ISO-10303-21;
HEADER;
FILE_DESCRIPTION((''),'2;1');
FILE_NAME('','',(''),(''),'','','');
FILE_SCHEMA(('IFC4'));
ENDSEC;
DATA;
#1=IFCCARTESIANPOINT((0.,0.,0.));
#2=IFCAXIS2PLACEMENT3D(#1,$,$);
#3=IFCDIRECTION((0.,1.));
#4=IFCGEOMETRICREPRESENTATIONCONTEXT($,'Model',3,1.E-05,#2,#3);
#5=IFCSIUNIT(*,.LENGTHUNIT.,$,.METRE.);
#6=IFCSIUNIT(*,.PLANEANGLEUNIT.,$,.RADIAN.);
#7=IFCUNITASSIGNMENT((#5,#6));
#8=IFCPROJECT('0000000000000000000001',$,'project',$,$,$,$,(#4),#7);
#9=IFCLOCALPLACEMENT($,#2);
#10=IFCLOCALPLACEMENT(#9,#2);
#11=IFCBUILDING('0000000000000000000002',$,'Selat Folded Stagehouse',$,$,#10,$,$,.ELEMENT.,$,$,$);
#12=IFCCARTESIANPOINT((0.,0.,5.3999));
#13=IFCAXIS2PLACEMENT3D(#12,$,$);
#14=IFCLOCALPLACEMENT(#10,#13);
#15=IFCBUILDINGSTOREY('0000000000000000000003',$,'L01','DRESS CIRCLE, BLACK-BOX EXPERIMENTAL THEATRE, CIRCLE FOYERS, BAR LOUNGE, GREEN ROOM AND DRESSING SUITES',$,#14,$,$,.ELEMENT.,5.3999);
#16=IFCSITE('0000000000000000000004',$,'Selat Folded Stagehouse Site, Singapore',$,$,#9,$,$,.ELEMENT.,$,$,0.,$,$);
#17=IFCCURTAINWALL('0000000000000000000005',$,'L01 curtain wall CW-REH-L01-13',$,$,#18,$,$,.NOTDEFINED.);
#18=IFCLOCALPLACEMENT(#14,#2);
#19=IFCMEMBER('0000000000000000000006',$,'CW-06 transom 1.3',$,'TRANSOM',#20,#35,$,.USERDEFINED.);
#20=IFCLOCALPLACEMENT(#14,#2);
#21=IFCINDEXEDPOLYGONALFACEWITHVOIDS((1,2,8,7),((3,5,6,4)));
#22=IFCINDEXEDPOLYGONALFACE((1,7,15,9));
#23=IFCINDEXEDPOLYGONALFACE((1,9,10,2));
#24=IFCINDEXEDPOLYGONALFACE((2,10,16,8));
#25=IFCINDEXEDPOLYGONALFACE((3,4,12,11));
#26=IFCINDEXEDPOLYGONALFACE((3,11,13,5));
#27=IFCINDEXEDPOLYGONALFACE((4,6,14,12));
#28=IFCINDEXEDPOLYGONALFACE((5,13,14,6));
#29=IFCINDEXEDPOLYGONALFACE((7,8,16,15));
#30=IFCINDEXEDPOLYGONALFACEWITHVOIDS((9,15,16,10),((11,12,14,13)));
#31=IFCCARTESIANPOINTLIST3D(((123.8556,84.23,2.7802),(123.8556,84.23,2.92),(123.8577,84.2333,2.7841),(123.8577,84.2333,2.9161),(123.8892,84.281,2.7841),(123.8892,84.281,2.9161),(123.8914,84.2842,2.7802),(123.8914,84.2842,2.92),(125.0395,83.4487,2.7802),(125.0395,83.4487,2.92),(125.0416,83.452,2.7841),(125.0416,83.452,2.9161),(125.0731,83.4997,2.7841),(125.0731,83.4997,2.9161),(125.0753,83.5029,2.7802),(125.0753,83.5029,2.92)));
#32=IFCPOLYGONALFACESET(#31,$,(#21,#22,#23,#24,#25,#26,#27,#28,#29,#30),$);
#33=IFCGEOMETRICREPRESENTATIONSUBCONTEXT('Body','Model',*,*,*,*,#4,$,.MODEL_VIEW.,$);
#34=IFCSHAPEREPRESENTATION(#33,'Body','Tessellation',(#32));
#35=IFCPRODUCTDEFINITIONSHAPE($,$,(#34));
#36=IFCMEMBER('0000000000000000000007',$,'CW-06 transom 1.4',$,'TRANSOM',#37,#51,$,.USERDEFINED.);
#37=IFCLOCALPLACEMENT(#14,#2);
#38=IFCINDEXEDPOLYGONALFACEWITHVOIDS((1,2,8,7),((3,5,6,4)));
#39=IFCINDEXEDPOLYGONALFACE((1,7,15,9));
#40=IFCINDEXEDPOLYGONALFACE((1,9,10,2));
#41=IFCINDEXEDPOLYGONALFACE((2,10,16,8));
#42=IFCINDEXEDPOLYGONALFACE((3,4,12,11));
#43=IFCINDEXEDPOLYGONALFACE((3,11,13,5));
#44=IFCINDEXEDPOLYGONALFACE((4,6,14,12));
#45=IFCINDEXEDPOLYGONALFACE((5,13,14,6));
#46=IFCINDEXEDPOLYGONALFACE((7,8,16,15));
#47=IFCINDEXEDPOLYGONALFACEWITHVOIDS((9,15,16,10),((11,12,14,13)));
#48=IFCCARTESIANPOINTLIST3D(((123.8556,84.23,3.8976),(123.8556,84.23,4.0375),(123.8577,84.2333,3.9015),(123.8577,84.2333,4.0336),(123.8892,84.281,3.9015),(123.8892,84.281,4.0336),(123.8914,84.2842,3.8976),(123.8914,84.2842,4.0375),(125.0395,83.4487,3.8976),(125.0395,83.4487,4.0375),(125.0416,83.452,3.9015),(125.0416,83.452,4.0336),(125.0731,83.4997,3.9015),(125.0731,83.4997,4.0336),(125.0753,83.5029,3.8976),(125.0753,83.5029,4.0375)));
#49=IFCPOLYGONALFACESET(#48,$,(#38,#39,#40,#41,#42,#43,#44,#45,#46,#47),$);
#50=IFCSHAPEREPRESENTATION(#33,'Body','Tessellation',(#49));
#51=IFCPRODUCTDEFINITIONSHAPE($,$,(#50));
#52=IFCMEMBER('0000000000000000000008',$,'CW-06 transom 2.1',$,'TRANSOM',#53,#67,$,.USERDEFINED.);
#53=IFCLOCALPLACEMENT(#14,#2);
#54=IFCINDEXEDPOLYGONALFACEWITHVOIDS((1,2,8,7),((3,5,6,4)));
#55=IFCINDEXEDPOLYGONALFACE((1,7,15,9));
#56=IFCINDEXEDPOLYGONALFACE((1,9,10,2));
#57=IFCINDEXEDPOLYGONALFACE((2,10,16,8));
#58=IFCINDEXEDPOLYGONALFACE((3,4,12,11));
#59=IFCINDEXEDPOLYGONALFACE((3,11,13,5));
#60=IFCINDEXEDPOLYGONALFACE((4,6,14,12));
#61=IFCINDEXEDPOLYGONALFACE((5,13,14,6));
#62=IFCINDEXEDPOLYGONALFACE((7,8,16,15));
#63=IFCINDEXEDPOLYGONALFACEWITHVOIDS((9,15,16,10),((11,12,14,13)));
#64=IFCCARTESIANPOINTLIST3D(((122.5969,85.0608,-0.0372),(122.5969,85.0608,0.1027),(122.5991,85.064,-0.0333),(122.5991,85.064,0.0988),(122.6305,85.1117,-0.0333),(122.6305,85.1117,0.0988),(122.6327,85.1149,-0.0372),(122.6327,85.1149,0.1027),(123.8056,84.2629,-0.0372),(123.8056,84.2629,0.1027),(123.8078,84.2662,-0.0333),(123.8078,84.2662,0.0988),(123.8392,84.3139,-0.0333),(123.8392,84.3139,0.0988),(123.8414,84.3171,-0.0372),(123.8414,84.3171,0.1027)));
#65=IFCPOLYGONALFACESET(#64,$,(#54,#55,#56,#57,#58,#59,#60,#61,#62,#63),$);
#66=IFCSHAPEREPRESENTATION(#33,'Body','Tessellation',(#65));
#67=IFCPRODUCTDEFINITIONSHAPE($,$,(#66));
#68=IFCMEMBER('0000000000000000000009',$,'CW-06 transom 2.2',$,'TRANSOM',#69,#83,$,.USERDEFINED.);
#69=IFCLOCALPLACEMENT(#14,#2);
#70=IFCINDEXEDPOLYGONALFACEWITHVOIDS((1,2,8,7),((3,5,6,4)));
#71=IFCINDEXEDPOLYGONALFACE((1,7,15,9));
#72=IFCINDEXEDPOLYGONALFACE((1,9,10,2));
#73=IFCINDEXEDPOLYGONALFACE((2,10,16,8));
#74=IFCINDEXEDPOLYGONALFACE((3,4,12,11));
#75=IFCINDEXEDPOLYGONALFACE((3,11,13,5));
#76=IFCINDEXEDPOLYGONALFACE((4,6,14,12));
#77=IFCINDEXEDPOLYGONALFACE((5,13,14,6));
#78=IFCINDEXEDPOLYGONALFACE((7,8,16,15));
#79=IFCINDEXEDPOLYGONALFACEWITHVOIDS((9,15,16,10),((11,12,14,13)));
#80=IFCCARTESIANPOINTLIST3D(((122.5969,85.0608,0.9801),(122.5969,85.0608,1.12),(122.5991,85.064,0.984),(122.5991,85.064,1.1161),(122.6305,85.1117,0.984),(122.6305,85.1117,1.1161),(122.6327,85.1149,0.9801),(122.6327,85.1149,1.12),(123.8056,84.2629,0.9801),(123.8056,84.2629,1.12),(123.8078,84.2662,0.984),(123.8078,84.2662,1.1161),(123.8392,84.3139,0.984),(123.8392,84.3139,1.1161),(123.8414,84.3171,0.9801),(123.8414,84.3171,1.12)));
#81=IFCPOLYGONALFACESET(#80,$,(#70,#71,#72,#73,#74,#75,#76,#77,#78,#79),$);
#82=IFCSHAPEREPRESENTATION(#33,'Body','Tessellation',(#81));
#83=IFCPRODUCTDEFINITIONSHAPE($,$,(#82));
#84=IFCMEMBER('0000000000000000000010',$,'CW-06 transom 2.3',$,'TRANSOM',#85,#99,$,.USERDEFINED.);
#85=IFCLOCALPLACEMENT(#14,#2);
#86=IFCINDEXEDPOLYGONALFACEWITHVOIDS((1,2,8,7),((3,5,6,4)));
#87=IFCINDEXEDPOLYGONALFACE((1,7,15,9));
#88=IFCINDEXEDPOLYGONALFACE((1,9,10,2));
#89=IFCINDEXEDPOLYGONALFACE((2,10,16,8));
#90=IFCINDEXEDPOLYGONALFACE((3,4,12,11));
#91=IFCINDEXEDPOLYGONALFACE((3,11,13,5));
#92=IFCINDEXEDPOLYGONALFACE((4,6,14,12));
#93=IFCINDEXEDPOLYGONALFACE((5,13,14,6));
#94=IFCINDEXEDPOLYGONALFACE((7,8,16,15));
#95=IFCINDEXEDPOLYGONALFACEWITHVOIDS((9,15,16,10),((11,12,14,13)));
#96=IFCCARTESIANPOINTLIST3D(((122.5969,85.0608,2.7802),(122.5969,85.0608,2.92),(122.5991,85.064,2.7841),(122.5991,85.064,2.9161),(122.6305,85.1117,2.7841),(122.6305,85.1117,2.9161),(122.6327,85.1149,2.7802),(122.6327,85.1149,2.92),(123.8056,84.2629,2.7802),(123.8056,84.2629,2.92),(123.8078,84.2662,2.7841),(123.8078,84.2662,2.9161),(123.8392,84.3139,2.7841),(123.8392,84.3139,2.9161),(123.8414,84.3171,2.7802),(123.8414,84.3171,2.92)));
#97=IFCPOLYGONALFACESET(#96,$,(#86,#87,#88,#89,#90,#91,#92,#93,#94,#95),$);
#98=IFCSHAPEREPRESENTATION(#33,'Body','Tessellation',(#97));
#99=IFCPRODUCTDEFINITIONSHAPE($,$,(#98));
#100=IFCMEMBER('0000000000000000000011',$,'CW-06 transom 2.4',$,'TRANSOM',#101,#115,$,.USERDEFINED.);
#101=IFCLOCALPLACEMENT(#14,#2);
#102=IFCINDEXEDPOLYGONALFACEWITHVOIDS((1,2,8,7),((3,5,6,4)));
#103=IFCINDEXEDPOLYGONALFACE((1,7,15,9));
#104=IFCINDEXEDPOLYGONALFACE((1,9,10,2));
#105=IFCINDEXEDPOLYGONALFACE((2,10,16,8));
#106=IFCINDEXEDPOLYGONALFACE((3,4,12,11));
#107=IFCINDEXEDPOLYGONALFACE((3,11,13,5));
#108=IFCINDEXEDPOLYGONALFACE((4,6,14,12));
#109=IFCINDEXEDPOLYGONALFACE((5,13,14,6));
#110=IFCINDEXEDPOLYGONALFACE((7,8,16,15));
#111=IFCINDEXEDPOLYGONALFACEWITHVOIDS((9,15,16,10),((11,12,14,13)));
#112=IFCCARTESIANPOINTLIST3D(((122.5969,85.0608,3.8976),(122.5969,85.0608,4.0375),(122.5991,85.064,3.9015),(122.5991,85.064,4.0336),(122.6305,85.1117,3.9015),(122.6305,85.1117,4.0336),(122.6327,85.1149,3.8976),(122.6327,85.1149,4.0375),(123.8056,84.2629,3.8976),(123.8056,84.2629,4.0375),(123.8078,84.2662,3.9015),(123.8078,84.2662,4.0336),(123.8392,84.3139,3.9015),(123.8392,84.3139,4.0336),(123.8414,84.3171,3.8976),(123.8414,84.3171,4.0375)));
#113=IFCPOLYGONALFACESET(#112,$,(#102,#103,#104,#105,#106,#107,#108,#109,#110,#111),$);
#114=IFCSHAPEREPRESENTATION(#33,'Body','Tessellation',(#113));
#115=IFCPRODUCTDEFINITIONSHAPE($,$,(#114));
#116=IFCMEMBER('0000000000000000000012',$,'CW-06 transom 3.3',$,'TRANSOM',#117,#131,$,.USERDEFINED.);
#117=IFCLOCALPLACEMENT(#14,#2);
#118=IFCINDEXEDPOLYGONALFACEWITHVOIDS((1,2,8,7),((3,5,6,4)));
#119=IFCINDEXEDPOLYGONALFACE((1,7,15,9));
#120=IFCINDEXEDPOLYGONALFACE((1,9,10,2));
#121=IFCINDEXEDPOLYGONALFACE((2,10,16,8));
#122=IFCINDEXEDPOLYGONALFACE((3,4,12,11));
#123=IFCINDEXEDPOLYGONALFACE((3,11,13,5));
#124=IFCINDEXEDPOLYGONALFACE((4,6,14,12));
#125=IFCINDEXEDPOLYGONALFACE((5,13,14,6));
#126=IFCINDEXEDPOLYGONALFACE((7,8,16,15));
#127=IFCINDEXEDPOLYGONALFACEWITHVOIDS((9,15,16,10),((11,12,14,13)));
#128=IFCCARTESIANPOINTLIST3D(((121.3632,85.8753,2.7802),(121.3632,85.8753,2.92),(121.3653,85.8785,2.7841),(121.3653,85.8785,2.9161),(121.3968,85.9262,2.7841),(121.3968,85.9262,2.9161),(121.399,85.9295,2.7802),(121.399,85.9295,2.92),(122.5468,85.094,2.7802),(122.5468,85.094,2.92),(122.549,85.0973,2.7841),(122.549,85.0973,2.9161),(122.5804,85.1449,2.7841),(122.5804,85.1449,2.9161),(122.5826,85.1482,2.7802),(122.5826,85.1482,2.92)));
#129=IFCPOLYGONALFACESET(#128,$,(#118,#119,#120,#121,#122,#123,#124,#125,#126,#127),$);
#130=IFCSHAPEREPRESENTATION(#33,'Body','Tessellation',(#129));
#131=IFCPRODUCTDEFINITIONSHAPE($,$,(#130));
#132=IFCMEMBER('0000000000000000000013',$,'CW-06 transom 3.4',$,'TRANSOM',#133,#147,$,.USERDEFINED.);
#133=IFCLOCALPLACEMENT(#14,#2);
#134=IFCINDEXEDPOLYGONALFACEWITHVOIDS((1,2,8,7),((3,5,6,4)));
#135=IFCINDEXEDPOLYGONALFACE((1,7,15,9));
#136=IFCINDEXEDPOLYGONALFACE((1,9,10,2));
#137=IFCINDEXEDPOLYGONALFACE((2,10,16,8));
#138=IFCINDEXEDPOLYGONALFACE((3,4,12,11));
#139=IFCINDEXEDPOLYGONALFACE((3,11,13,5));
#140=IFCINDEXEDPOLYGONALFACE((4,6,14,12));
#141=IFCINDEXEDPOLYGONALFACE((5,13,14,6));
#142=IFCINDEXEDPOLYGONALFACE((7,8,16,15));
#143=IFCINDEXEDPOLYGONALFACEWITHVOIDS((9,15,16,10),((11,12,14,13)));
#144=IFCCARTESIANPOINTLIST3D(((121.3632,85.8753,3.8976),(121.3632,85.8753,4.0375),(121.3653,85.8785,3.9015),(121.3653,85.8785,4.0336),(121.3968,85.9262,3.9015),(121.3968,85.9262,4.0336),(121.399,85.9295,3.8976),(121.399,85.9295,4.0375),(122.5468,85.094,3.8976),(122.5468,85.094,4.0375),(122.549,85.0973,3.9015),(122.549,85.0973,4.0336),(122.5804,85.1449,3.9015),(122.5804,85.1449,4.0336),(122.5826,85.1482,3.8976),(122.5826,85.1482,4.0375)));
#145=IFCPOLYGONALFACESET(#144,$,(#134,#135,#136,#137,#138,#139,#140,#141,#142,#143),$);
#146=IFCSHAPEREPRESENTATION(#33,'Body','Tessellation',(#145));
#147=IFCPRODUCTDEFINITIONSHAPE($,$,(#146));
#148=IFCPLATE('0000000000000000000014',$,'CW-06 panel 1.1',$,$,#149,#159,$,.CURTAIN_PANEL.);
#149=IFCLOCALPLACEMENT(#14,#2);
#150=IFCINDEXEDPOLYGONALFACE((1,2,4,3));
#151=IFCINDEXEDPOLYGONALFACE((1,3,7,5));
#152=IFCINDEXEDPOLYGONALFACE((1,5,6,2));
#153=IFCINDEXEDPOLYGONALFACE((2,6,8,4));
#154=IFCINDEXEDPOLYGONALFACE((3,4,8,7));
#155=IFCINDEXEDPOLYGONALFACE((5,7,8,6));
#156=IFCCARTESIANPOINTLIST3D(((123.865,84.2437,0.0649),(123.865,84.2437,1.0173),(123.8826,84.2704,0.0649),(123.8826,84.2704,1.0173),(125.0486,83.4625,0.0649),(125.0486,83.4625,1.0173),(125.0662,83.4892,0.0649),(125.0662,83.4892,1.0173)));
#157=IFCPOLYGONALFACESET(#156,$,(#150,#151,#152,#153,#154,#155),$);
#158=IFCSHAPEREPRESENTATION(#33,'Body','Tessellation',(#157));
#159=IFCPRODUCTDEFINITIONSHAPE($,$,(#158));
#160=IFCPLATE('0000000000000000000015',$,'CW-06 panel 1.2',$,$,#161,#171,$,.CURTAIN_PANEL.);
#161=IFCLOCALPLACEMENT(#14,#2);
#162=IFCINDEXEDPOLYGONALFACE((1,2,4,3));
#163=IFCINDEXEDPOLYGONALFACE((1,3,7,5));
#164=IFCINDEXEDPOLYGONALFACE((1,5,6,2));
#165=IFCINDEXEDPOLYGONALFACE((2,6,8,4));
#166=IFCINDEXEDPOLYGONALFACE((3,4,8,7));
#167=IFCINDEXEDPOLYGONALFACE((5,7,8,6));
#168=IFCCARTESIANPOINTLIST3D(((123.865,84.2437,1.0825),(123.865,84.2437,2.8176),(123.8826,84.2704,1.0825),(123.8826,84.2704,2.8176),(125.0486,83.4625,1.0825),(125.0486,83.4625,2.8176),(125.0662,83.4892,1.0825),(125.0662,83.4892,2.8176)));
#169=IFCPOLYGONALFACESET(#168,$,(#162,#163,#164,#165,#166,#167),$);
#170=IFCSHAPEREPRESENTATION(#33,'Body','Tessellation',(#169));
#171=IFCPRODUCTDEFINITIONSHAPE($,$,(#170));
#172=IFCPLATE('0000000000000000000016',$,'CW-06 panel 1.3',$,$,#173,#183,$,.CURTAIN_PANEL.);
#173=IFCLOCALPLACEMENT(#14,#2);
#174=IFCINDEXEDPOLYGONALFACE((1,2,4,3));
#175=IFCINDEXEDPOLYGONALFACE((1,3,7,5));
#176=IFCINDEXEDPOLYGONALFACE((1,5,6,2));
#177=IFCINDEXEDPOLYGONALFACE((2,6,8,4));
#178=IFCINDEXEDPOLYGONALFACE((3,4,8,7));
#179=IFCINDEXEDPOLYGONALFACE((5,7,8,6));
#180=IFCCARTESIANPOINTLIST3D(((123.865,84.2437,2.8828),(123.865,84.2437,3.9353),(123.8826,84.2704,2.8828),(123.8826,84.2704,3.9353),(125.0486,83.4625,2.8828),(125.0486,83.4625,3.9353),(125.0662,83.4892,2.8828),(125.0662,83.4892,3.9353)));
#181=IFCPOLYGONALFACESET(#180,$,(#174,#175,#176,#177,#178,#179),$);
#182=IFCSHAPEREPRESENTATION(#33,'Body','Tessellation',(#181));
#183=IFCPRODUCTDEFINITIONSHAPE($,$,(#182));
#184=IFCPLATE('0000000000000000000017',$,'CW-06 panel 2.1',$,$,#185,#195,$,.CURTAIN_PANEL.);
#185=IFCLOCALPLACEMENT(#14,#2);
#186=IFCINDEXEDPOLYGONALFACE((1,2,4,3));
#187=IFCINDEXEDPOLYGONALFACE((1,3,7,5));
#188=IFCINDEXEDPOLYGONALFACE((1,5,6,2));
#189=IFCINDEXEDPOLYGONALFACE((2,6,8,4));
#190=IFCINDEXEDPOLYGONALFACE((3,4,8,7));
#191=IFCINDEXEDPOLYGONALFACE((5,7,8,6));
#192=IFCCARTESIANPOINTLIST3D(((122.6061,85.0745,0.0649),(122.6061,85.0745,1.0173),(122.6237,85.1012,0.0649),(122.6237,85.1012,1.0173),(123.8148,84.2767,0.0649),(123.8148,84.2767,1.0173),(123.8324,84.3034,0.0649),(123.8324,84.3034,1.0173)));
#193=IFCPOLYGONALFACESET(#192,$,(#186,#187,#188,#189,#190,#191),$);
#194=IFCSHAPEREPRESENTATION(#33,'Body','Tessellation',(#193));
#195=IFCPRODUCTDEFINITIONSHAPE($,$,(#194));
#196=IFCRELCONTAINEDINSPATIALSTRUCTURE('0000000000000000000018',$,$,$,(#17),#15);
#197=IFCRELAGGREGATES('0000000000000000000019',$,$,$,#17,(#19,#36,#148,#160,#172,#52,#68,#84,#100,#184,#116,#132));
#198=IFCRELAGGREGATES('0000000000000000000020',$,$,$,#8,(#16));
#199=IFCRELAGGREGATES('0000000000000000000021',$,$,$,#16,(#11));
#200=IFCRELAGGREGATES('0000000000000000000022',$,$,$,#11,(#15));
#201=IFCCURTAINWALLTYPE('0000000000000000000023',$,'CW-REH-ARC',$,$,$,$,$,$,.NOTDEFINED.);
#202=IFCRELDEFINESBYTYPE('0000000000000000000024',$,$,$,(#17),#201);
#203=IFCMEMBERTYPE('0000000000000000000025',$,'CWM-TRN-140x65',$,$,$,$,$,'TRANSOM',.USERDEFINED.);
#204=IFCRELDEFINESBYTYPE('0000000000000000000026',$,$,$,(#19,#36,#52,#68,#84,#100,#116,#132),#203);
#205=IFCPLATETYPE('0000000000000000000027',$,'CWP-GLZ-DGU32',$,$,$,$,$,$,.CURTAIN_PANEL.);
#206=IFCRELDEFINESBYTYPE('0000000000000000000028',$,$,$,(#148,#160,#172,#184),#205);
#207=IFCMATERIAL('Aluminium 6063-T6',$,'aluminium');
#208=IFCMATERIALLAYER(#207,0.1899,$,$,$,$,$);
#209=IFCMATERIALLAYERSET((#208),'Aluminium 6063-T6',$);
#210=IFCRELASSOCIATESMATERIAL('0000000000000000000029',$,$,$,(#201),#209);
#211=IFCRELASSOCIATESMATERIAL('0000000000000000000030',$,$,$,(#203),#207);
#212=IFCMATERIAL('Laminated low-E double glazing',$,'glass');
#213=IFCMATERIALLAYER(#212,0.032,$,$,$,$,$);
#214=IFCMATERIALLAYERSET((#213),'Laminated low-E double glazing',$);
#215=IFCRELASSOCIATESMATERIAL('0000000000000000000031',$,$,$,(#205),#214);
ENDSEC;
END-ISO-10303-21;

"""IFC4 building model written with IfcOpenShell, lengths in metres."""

from ifc_helpers import new_model, si_unit, direction, frame, origin, origin_2d, place, context, subcontext, project, spatial, rectangle, hollow_rectangle, extrude, material, layer, layer_set, material_profile, profile_set, type_object, element, aggregate, save


model = new_model("IFC4")

# Units and contexts
model_context = context("Model", 3, precision=1e-05, world=origin(), true_north=direction((0.0, 1.0)))
body_context = subcontext(model_context, "Body", "Model", "MODEL_VIEW")
ifc_project = project(units=[si_unit("LENGTHUNIT", "METRE"), si_unit("PLANEANGLEUNIT", "RADIAN")], contexts=[model_context])

# Site, building, storey
site_placement = place(None, origin())
site = spatial("IfcSite", under=ifc_project, at=site_placement, Name="Selat Folded Stagehouse Site, Singapore", CompositionType="ELEMENT", RefElevation=0.0)
building_placement = place(site_placement, origin())
building = spatial("IfcBuilding", under=site, at=building_placement, Name="Selat Folded Stagehouse", CompositionType="ELEMENT")
storey_placement = place(building_placement, frame((0.0, 0.0, 5.3999)))
storey = spatial("IfcBuildingStorey", under=building, at=storey_placement, Name="L01", Description="DRESS CIRCLE, BLACK-BOX EXPERIMENTAL THEATRE, CIRCLE FOYERS, BAR LOUNGE, GREEN ROOM AND DRESSING SUITES", CompositionType="ELEMENT", Elevation=5.3999)

# Curtain wall, members, plates
ifc_material_1 = material(Name="Aluminium 6063-T6", Category="aluminium")
ifc_layer_1 = layer(ifc_material_1, 0.1899)
ifc_layer_set_1 = layer_set([ifc_layer_1], Name="Aluminium 6063-T6")
curtain_wall_type = type_object("IfcCurtainWallType", Name="CW-REH-ARC", PredefinedType="NOTDEFINED", material=ifc_layer_set_1)
curtain_wall_placement = place(storey_placement, origin())
curtain_wall = element("IfcCurtainWall", 1, at=curtain_wall_placement, inside=storey, type_object=curtain_wall_type, Name="L01 curtain wall CW-REH-L01-13", PredefinedType="NOTDEFINED")
ifc_material_profile_1 = material_profile(ifc_material_1, hollow_rectangle(XDim=0.0649, YDim=0.1399, WallThickness=0.0039, at=origin_2d()), Name="ALU 140x65x4.0")
ifc_profile_set_1 = profile_set([ifc_material_profile_1], Name="Aluminium 6063-T6")
member_type_1 = type_object("IfcMemberType", Name="CWM-TRN-140x65", ElementType="TRANSOM", PredefinedType="USERDEFINED", material=ifc_profile_set_1)
member_1_placement = place(storey_placement, frame((125.0574, 83.4758, 2.8501), z_axis=(-0.834636, 0.550801, 0.0), x_axis=(-0.550801, -0.834636, 0.0)))
member_1 = element("IfcMember", 2, at=member_1_placement, type_object=member_type_1, Name="CW-06 transom 1.3", ObjectType="TRANSOM", PredefinedType="USERDEFINED", context=body_context, shape_type="SweptSolid", body=[
    extrude(hollow_rectangle(XDim=0.0649, YDim=0.1399, WallThickness=0.0039, at=origin_2d()), origin(), (0.0, 0.0, 1.0), 1.4185),
])
member_2_placement = place(storey_placement, frame((125.0574, 83.4758, 3.9675), z_axis=(-0.834636, 0.550801, 0.0), x_axis=(-0.550801, -0.834636, 0.0)))
member_2 = element("IfcMember", 3, at=member_2_placement, type_object=member_type_1, Name="CW-06 transom 1.4", ObjectType="TRANSOM", PredefinedType="USERDEFINED", context=body_context, shape_type="SweptSolid", body=[
    extrude(hollow_rectangle(XDim=0.0649, YDim=0.1399, WallThickness=0.0039, at=origin_2d()), origin(), (0.0, 0.0, 1.0), 1.4185),
])
member_3_placement = place(storey_placement, frame((123.8235, 84.29, 0.0327), z_axis=(-0.834583, 0.550882, 0.0), x_axis=(-0.550882, -0.834583, 0.0)))
member_3 = element("IfcMember", 4, at=member_3_placement, type_object=member_type_1, Name="CW-06 transom 2.1", ObjectType="TRANSOM", PredefinedType="USERDEFINED", context=body_context, shape_type="SweptSolid", body=[
    extrude(hollow_rectangle(XDim=0.0649, YDim=0.1399, WallThickness=0.0039, at=origin_2d()), origin(), (0.0, 0.0, 1.0), 1.4482),
])
member_4_placement = place(storey_placement, frame((123.8235, 84.29, 1.05), z_axis=(-0.834583, 0.550882, 0.0), x_axis=(-0.550882, -0.834583, 0.0)))
member_4 = element("IfcMember", 5, at=member_4_placement, type_object=member_type_1, Name="CW-06 transom 2.2", ObjectType="TRANSOM", PredefinedType="USERDEFINED", context=body_context, shape_type="SweptSolid", body=[
    extrude(hollow_rectangle(XDim=0.0649, YDim=0.1399, WallThickness=0.0039, at=origin_2d()), origin(), (0.0, 0.0, 1.0), 1.4482),
])
member_5_placement = place(storey_placement, frame((123.8235, 84.29, 2.8501), z_axis=(-0.834583, 0.550882, 0.0), x_axis=(-0.550882, -0.834583, 0.0)))
member_5 = element("IfcMember", 6, at=member_5_placement, type_object=member_type_1, Name="CW-06 transom 2.3", ObjectType="TRANSOM", PredefinedType="USERDEFINED", context=body_context, shape_type="SweptSolid", body=[
    extrude(hollow_rectangle(XDim=0.0649, YDim=0.1399, WallThickness=0.0039, at=origin_2d()), origin(), (0.0, 0.0, 1.0), 1.4482),
])
member_6_placement = place(storey_placement, frame((123.8235, 84.29, 3.9675), z_axis=(-0.834583, 0.550882, 0.0), x_axis=(-0.550882, -0.834583, 0.0)))
member_6 = element("IfcMember", 7, at=member_6_placement, type_object=member_type_1, Name="CW-06 transom 2.4", ObjectType="TRANSOM", PredefinedType="USERDEFINED", context=body_context, shape_type="SweptSolid", body=[
    extrude(hollow_rectangle(XDim=0.0649, YDim=0.1399, WallThickness=0.0039, at=origin_2d()), origin(), (0.0, 0.0, 1.0), 1.4482),
])
member_7_placement = place(storey_placement, frame((122.5647, 85.1211, 2.8501), z_axis=(-0.834584, 0.550881, 0.0), x_axis=(-0.550881, -0.834584, 0.0)))
member_7 = element("IfcMember", 8, at=member_7_placement, type_object=member_type_1, Name="CW-06 transom 3.3", ObjectType="TRANSOM", PredefinedType="USERDEFINED", context=body_context, shape_type="SweptSolid", body=[
    extrude(hollow_rectangle(XDim=0.0649, YDim=0.1399, WallThickness=0.0039, at=origin_2d()), origin(), (0.0, 0.0, 1.0), 1.4182),
])
member_8_placement = place(storey_placement, frame((122.5647, 85.1211, 3.9675), z_axis=(-0.834584, 0.550881, 0.0), x_axis=(-0.550881, -0.834584, 0.0)))
member_8 = element("IfcMember", 9, at=member_8_placement, type_object=member_type_1, Name="CW-06 transom 3.4", ObjectType="TRANSOM", PredefinedType="USERDEFINED", context=body_context, shape_type="SweptSolid", body=[
    extrude(hollow_rectangle(XDim=0.0649, YDim=0.1399, WallThickness=0.0039, at=origin_2d()), origin(), (0.0, 0.0, 1.0), 1.4182),
])
ifc_material_2 = material(Name="Laminated low-E double glazing", Category="glass")
ifc_layer_2 = layer(ifc_material_2, 0.032)
ifc_layer_set_2 = layer_set([ifc_layer_2], Name="Laminated low-E double glazing")
plate_type = type_object("IfcPlateType", Name="CWP-GLZ-DGU32", PredefinedType="CURTAIN_PANEL", material=ifc_layer_set_2)
plate_1_placement = place(storey_placement, frame((124.4656, 83.8665, 0.0649), z_axis=(0.0, 0.0, 1.0), x_axis=(-0.834581, 0.550885, 0.0)))
plate_1 = element("IfcPlate", 10, at=plate_1_placement, type_object=plate_type, Name="CW-06 panel 1.1", PredefinedType="CURTAIN_PANEL", context=body_context, shape_type="SweptSolid", body=[
    extrude(rectangle(XDim=1.4182, YDim=0.032, at=origin_2d()), origin(), (0.0, 0.0, 1.0), 0.9524),
])
plate_2_placement = place(storey_placement, frame((124.4656, 83.8665, 1.0825), z_axis=(0.0, 0.0, 1.0), x_axis=(-0.834581, 0.550885, 0.0)))
plate_2 = element("IfcPlate", 11, at=plate_2_placement, type_object=plate_type, Name="CW-06 panel 1.2", PredefinedType="CURTAIN_PANEL", context=body_context, shape_type="SweptSolid", body=[
    extrude(rectangle(XDim=1.4182, YDim=0.032, at=origin_2d()), origin(), (0.0, 0.0, 1.0), 1.7351),
])
plate_3_placement = place(storey_placement, frame((124.4656, 83.8665, 2.8828), z_axis=(0.0, 0.0, 1.0), x_axis=(-0.834581, 0.550885, 0.0)))
plate_3 = element("IfcPlate", 12, at=plate_3_placement, type_object=plate_type, Name="CW-06 panel 1.3", PredefinedType="CURTAIN_PANEL", context=body_context, shape_type="SweptSolid", body=[
    extrude(rectangle(XDim=1.4182, YDim=0.032, at=origin_2d()), origin(), (0.0, 0.0, 1.0), 1.0525),
])
plate_4_placement = place(storey_placement, frame((123.2192, 84.689, 0.0649), z_axis=(0.0, 0.0, 1.0), x_axis=(-0.834581, 0.550885, 0.0)))
plate_4 = element("IfcPlate", 13, at=plate_4_placement, type_object=plate_type, Name="CW-06 panel 2.1", PredefinedType="CURTAIN_PANEL", context=body_context, shape_type="SweptSolid", body=[
    extrude(rectangle(XDim=1.4482, YDim=0.032, at=origin_2d()), origin(), (0.0, 0.0, 1.0), 0.9524),
])
aggregate(curtain_wall, [member_1, member_2, plate_1, plate_2, plate_3, member_3, member_4, member_5, member_6, plate_4, member_7, member_8])

save(model, "model.ifc")
